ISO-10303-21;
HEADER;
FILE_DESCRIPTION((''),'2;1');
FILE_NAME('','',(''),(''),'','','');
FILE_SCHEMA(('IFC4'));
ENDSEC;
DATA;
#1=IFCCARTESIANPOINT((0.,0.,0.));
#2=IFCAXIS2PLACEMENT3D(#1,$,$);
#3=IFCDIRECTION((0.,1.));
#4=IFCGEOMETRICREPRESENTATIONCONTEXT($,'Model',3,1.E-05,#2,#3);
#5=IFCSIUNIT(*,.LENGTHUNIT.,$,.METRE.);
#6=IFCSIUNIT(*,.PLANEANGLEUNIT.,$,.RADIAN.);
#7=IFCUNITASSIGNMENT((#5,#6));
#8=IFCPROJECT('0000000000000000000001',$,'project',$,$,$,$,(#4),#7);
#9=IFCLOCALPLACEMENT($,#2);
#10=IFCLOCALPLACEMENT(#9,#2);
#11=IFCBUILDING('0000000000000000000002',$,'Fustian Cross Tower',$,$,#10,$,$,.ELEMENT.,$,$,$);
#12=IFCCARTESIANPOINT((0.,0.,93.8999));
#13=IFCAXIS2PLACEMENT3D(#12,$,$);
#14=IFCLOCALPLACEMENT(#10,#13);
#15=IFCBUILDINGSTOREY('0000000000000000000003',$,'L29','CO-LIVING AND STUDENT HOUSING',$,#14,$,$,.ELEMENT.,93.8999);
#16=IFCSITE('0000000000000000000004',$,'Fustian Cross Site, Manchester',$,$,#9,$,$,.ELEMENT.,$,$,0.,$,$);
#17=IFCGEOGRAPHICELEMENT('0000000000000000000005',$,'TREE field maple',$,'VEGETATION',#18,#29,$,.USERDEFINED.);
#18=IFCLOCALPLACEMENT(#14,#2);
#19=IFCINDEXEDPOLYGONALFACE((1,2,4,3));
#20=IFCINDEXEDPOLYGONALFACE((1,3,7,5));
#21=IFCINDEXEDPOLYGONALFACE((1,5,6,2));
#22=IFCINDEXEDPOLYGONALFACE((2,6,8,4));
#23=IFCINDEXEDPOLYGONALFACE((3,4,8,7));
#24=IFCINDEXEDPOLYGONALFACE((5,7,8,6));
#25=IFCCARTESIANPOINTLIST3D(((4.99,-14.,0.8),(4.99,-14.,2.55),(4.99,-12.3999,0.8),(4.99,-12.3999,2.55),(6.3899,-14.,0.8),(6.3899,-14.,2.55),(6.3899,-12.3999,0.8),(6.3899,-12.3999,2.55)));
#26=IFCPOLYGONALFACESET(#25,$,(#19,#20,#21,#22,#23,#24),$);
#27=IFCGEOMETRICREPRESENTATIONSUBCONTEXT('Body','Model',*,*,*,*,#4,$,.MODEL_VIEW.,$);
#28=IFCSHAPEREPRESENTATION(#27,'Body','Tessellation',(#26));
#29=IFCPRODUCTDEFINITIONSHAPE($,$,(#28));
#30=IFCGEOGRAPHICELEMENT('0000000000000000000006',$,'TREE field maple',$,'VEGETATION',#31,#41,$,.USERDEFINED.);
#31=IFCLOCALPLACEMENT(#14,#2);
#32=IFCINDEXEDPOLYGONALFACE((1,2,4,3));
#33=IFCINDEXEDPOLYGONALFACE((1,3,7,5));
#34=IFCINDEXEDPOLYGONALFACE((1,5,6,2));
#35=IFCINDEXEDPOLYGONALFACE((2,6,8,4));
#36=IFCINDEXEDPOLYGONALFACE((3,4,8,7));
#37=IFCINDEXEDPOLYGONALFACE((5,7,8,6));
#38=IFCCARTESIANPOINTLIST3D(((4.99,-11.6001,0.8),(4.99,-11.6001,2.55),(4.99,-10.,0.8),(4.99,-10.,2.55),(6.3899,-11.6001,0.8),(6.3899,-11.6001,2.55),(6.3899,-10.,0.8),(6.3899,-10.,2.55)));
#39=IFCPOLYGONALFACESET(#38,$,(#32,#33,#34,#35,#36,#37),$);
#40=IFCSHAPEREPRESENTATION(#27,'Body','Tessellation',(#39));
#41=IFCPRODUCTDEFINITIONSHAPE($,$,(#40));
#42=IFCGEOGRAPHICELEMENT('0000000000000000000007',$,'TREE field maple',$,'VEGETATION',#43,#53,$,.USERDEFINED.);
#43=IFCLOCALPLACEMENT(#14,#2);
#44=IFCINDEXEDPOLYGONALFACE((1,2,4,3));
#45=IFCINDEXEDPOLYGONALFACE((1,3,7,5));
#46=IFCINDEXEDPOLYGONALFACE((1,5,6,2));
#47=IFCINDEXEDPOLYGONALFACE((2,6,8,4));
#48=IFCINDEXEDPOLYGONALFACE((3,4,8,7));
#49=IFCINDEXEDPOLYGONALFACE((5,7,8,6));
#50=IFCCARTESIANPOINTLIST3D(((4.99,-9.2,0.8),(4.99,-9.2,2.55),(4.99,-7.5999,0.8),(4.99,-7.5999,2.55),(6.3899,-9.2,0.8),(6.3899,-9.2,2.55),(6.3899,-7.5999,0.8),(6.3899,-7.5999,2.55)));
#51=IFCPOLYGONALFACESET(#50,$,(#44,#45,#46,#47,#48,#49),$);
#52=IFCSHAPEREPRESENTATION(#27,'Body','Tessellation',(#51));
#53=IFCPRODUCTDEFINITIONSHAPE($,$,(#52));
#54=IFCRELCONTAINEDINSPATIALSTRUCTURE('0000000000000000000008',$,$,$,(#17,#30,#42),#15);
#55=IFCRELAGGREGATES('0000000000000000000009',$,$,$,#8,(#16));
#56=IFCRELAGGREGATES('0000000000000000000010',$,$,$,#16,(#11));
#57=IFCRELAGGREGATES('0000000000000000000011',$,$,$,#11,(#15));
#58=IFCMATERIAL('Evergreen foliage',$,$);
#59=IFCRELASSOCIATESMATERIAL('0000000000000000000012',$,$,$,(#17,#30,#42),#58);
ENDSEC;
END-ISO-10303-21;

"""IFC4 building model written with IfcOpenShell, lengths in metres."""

from ifc_helpers import new_model, si_unit, direction, frame, origin, origin_2d, place, context, subcontext, project, spatial, rectangle, extrude, material, element, save


model = new_model("IFC4")

# Units and contexts
model_context = context("Model", 3, precision=1e-05, world=origin(), true_north=direction((0.0, 1.0)))
body_context = subcontext(model_context, "Body", "Model", "MODEL_VIEW")
ifc_project = project(units=[si_unit("LENGTHUNIT", "METRE"), si_unit("PLANEANGLEUNIT", "RADIAN")], contexts=[model_context])

# Site, building, storey
site_placement = place(None, origin())
site = spatial("IfcSite", under=ifc_project, at=site_placement, Name="Fustian Cross Site, Manchester", CompositionType="ELEMENT", RefElevation=0.0)
building_placement = place(site_placement, origin())
building = spatial("IfcBuilding", under=site, at=building_placement, Name="Fustian Cross Tower", CompositionType="ELEMENT")
storey_placement = place(building_placement, frame((0.0, 0.0, 93.8999)))
storey = spatial("IfcBuildingStorey", under=building, at=storey_placement, Name="L29", Description="CO-LIVING AND STUDENT HOUSING", CompositionType="ELEMENT", Elevation=93.8999)

# Geographic elements
ifc_material_1 = material(Name="Evergreen foliage")
for number, where, z_axis, x_axis, name in (
    (1, (5.6899, -13.2, 0.8), (0.0, 0.0, 1.0), (1.0, 0.0, 0.0), "TREE field maple"),
    (2, (5.6899, -10.8, 0.8), (0.0, 0.0, 1.0), (1.0, 0.0, 0.0), "TREE field maple"),
    (3, (5.6899, -8.3999, 0.8), (0.0, 0.0, 1.0), (1.0, 0.0, 0.0), "TREE field maple"),
):
    element("IfcGeographicElement", number, at=place(storey_placement, frame(where, z_axis=z_axis, x_axis=x_axis)), inside=storey, material=ifc_material_1, Name=name, ObjectType="VEGETATION", PredefinedType="USERDEFINED", context=body_context, shape_type="SweptSolid", body=[
        extrude(rectangle(XDim=1.3999, YDim=1.6001, at=origin_2d()), origin(), (0.0, 0.0, 1.0), 1.75),
    ])

save(model, "model.ifc")
